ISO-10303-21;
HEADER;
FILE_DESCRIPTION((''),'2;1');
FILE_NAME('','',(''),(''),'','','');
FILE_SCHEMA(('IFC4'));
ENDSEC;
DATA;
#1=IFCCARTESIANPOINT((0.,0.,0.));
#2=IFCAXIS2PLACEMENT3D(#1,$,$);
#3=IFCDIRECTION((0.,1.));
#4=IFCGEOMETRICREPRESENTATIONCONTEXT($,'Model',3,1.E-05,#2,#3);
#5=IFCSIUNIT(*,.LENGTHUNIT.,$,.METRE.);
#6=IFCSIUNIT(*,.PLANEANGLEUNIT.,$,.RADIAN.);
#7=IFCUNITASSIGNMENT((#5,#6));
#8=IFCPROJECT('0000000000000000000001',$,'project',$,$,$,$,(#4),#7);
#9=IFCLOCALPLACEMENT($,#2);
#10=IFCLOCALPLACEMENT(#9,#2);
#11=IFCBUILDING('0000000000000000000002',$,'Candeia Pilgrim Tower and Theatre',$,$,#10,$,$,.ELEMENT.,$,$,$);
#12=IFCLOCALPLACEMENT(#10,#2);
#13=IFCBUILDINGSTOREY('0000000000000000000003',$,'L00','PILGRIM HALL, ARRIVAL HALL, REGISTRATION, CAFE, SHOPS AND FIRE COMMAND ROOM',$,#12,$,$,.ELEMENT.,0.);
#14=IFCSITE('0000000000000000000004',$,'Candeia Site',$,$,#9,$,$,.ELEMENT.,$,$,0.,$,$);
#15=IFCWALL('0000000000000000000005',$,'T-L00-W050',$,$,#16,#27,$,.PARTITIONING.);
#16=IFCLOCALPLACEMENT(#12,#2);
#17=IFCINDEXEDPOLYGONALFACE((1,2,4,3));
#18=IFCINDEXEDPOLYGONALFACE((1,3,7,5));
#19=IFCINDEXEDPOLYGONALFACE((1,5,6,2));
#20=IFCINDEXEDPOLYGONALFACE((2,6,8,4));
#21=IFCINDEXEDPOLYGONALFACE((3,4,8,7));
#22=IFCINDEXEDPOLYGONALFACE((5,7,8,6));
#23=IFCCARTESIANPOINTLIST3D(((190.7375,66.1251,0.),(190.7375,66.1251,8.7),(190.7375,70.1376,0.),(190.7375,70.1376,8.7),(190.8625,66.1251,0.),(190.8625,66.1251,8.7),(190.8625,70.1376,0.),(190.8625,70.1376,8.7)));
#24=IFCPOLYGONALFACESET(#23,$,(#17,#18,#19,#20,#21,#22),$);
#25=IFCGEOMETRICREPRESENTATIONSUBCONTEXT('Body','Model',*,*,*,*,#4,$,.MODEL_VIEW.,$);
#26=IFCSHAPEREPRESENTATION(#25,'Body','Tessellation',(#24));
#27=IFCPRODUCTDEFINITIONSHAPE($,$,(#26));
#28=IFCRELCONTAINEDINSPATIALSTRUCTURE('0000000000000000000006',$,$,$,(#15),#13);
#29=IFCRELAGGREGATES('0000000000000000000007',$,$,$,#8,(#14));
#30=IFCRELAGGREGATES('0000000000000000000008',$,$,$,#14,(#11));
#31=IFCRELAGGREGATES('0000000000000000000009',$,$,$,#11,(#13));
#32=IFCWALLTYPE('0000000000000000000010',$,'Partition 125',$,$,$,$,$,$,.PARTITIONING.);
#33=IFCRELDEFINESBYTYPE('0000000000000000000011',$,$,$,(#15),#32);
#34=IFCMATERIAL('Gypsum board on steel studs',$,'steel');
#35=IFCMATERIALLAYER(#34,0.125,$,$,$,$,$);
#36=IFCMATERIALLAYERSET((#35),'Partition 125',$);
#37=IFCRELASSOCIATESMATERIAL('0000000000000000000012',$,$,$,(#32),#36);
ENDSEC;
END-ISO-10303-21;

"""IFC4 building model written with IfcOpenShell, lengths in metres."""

from ifc_helpers import new_model, si_unit, direction, frame, frame_2d, origin, place, context, subcontext, project, spatial, rectangle, extrude, material, layer, layer_set, type_object, element, save


model = new_model("IFC4")

# Units and contexts
model_context = context("Model", 3, precision=1e-05, world=origin(), true_north=direction((0.0, 1.0)))
body_context = subcontext(model_context, "Body", "Model", "MODEL_VIEW")
ifc_project = project(units=[si_unit("LENGTHUNIT", "METRE"), si_unit("PLANEANGLEUNIT", "RADIAN")], contexts=[model_context])

# Site, building, storey
site_placement = place(None, origin())
site = spatial("IfcSite", under=ifc_project, at=site_placement, Name="Candeia Site", CompositionType="ELEMENT", RefElevation=0.0)
building_placement = place(site_placement, origin())
building = spatial("IfcBuilding", under=site, at=building_placement, Name="Candeia Pilgrim Tower and Theatre", CompositionType="ELEMENT")
storey_placement = place(building_placement, origin())
storey = spatial("IfcBuildingStorey", under=building, at=storey_placement, Name="L00", Description="PILGRIM HALL, ARRIVAL HALL, REGISTRATION, CAFE, SHOPS AND FIRE COMMAND ROOM", CompositionType="ELEMENT", Elevation=0.0)

# Shared definitions
ifc_material_1 = material(Name="Gypsum board on steel studs", Category="steel")
ifc_layer = layer(ifc_material_1, 0.125)
ifc_layer_set = layer_set([ifc_layer], Name="Partition 125")
wall_type = type_object("IfcWallType", Name="Partition 125", PredefinedType="PARTITIONING", material=ifc_layer_set)

# Wall
for number, where, z_axis, x_axis, name in (
    (1, (190.8, 66.125, 0.0), (0.0, 0.0, 1.0), (0.0, 1.0, 0.0), "T-L00-W050"),
):
    element("IfcWall", number, at=place(storey_placement, frame(where, z_axis=z_axis, x_axis=x_axis)), inside=storey, type_object=wall_type, Name=name, PredefinedType="PARTITIONING", context=body_context, shape_type="SweptSolid", body=[
        extrude(rectangle(XDim=4.0125, YDim=0.125, at=frame_2d((2.0063, 0.0))), origin(), (0.0, 0.0, 1.0), 8.7),
    ])

save(model, "model.ifc")
